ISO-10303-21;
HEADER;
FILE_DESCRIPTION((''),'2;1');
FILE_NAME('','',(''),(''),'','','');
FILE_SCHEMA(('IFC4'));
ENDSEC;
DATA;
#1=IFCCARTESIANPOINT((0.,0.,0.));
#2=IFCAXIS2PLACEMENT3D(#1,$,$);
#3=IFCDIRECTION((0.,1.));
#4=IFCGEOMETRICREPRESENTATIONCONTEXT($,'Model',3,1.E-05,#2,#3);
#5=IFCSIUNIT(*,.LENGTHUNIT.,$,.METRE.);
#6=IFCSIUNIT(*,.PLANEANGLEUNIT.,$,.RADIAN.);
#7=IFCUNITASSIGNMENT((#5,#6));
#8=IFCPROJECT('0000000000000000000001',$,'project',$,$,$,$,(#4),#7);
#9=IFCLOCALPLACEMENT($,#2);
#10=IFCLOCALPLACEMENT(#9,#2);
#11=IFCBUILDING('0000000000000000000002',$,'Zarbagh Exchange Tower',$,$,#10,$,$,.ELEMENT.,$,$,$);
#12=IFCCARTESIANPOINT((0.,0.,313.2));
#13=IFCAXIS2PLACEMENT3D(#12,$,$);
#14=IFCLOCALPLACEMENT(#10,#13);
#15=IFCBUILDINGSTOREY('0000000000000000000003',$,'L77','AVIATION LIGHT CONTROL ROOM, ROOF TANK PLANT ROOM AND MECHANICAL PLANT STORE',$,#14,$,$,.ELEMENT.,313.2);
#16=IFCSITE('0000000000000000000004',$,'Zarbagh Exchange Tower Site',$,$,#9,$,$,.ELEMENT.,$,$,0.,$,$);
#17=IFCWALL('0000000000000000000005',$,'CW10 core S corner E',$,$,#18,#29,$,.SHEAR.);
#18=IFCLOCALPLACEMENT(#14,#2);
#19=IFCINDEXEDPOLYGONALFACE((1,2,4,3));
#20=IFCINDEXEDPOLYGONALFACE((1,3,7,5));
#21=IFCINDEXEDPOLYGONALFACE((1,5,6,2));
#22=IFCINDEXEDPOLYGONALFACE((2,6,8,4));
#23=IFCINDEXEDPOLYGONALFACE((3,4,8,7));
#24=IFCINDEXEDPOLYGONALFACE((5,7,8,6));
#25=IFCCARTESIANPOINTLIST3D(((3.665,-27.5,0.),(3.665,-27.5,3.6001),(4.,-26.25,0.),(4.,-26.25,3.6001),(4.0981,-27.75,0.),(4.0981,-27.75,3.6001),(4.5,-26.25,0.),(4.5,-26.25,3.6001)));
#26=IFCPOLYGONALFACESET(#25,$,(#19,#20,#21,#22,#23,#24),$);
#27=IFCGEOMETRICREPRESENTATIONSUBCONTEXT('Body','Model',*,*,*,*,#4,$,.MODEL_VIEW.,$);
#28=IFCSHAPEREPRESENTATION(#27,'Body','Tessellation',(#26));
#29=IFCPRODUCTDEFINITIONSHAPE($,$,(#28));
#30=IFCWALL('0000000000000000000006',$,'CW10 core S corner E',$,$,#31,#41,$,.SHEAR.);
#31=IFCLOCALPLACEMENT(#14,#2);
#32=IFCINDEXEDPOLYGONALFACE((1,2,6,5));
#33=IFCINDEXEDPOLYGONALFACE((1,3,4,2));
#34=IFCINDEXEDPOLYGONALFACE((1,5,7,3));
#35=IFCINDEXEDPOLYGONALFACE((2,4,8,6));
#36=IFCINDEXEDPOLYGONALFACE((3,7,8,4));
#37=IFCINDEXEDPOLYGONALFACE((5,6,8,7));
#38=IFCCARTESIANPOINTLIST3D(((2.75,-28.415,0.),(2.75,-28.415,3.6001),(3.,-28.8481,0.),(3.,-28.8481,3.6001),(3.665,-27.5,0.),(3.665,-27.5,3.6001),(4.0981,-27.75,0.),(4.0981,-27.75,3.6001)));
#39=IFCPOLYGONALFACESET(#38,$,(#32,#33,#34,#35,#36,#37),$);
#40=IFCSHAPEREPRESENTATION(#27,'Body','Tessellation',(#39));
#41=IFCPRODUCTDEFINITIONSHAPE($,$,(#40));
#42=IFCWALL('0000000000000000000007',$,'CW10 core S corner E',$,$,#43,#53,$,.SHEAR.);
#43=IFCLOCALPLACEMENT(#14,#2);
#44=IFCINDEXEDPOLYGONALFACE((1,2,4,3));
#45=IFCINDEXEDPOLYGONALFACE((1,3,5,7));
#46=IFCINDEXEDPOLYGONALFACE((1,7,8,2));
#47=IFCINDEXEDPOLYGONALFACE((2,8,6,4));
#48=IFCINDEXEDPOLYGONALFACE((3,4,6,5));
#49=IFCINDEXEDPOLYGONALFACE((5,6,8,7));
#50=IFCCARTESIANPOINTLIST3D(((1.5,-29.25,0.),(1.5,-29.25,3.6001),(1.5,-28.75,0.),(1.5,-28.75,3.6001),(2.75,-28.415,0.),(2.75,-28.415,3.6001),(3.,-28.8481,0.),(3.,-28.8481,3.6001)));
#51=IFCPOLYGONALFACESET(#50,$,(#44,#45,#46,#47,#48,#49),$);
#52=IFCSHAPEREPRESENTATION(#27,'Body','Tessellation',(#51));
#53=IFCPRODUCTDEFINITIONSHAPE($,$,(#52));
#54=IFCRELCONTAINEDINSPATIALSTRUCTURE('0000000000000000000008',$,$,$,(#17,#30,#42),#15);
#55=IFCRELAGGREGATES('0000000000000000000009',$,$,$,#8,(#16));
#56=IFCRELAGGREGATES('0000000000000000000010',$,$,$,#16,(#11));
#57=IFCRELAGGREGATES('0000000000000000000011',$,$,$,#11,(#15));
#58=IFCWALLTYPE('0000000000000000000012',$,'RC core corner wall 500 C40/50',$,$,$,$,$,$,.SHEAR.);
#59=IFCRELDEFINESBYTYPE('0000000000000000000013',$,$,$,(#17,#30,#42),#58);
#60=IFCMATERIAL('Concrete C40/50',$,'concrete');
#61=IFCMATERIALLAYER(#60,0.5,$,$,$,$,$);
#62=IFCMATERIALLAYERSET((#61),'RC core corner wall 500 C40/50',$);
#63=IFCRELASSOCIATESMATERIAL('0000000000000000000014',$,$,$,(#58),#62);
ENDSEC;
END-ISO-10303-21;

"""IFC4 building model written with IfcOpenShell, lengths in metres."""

from ifc_helpers import new_model, si_unit, direction, frame, origin, place, context, subcontext, project, spatial, polyline, outline, extrude, material, layer, layer_set, type_object, element, save


model = new_model("IFC4")

# Units and contexts
model_context = context("Model", 3, precision=1e-05, world=origin(), true_north=direction((0.0, 1.0)))
body_context = subcontext(model_context, "Body", "Model", "MODEL_VIEW")
ifc_project = project(units=[si_unit("LENGTHUNIT", "METRE"), si_unit("PLANEANGLEUNIT", "RADIAN")], contexts=[model_context])

# Site, building, storey
site_placement = place(None, origin())
site = spatial("IfcSite", under=ifc_project, at=site_placement, Name="Zarbagh Exchange Tower Site", CompositionType="ELEMENT", RefElevation=0.0)
building_placement = place(site_placement, origin())
building = spatial("IfcBuilding", under=site, at=building_placement, Name="Zarbagh Exchange Tower", CompositionType="ELEMENT")
storey_placement = place(building_placement, frame((0.0, 0.0, 313.2)))
storey = spatial("IfcBuildingStorey", under=building, at=storey_placement, Name="L77", Description="AVIATION LIGHT CONTROL ROOM, ROOF TANK PLANT ROOM AND MECHANICAL PLANT STORE", CompositionType="ELEMENT", Elevation=313.2)

# Shared definitions
ifc_material_1 = material(Name="Concrete C40/50", Category="concrete")

# Walls
ifc_layer_1 = layer(ifc_material_1, 0.5)
ifc_layer_set_1 = layer_set([ifc_layer_1], Name="RC core corner wall 500 C40/50")
wall_type = type_object("IfcWallType", Name="RC core corner wall 500 C40/50", PredefinedType="SHEAR", material=ifc_layer_set_1)
wall_1_placement = place(storey_placement, origin())
element("IfcWall", 1, at=wall_1_placement, inside=storey, type_object=wall_type, Name="CW10 core S corner E", PredefinedType="SHEAR", context=body_context, shape_type="SweptSolid", body=[
    extrude(outline(polyline([(4.5, -26.25), (4.0981, -27.75), (3.665, -27.5), (4.0, -26.25), (4.5, -26.25)])), origin(), (0.0, 0.0, 1.0), 3.6001),
])
wall_2_placement = place(storey_placement, origin())
element("IfcWall", 2, at=wall_2_placement, inside=storey, type_object=wall_type, Name="CW10 core S corner E", PredefinedType="SHEAR", context=body_context, shape_type="SweptSolid", body=[
    extrude(outline(polyline([(4.0981, -27.75), (3.0, -28.8481), (2.75, -28.415), (3.665, -27.5), (4.0981, -27.75)])), origin(), (0.0, 0.0, 1.0), 3.6001),
])
wall_3_placement = place(storey_placement, origin())
element("IfcWall", 3, at=wall_3_placement, inside=storey, type_object=wall_type, Name="CW10 core S corner E", PredefinedType="SHEAR", context=body_context, shape_type="SweptSolid", body=[
    extrude(outline(polyline([(3.0, -28.8481), (1.5, -29.25), (1.5, -28.75), (2.75, -28.415), (3.0, -28.8481)])), origin(), (0.0, 0.0, 1.0), 3.6001),
])

save(model, "model.ifc")
